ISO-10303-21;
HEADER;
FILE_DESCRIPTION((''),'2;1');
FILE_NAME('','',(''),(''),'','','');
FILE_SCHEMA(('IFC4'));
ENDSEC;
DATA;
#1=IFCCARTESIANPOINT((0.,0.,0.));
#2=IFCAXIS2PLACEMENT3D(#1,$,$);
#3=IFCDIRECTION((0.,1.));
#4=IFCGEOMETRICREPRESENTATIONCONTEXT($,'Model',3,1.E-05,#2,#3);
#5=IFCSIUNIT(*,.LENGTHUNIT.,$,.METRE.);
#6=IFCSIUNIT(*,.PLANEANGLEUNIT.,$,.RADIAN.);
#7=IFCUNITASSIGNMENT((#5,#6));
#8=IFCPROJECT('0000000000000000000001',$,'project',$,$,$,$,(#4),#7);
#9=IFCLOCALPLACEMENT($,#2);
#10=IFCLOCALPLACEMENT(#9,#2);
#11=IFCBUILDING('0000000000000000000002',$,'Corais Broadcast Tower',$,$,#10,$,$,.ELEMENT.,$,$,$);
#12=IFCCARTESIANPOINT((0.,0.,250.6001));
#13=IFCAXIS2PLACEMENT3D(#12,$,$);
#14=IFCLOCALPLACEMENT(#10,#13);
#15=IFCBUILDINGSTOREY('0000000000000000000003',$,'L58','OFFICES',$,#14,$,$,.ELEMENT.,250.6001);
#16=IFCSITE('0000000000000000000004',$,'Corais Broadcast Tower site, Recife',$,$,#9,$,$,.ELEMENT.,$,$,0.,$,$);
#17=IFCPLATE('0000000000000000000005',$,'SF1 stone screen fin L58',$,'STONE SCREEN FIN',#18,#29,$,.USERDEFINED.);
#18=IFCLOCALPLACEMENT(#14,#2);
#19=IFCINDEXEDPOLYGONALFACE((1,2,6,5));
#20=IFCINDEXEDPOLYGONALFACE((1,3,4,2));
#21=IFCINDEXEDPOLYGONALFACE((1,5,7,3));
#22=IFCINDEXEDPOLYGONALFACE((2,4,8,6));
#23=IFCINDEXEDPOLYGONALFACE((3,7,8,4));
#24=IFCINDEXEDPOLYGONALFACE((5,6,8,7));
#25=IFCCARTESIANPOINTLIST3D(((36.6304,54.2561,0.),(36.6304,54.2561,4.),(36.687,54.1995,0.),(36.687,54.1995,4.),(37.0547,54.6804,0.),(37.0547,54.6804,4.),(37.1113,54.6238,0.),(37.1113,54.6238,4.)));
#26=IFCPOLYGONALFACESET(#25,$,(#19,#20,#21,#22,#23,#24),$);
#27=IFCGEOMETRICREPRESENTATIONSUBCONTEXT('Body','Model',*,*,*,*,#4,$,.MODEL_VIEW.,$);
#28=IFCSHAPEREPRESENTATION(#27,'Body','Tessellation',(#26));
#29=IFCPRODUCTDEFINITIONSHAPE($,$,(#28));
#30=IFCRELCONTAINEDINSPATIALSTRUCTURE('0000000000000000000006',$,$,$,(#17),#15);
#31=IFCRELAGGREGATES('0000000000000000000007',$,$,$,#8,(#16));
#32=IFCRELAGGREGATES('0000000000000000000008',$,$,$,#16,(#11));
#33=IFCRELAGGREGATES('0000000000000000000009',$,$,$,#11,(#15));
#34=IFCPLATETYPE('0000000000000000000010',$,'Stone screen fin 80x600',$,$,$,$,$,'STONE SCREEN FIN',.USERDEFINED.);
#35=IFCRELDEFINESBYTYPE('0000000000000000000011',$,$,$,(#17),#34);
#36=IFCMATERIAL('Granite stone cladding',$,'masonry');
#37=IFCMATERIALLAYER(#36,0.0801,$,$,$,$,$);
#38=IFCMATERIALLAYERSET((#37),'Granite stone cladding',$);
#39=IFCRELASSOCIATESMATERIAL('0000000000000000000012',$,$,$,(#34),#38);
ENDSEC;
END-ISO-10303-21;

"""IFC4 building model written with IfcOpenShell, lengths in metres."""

from ifc_helpers import new_model, si_unit, direction, frame, origin, origin_2d, place, context, subcontext, project, spatial, rectangle, extrude, material, layer, layer_set, type_object, element, save


model = new_model("IFC4")

# Units and contexts
model_context = context("Model", 3, precision=1e-05, world=origin(), true_north=direction((0.0, 1.0)))
body_context = subcontext(model_context, "Body", "Model", "MODEL_VIEW")
ifc_project = project(units=[si_unit("LENGTHUNIT", "METRE"), si_unit("PLANEANGLEUNIT", "RADIAN")], contexts=[model_context])

# Site, building, storey
site_placement = place(None, origin())
site = spatial("IfcSite", under=ifc_project, at=site_placement, Name="Corais Broadcast Tower site, Recife", CompositionType="ELEMENT", RefElevation=0.0)
building_placement = place(site_placement, origin())
building = spatial("IfcBuilding", under=site, at=building_placement, Name="Corais Broadcast Tower", CompositionType="ELEMENT")
storey_placement = place(building_placement, frame((0.0, 0.0, 250.6001)))
storey = spatial("IfcBuildingStorey", under=building, at=storey_placement, Name="L58", Description="OFFICES", CompositionType="ELEMENT", Elevation=250.6001)

# Plate
ifc_material_1 = material(Name="Granite stone cladding", Category="masonry")
ifc_layer_1 = layer(ifc_material_1, 0.0801)
ifc_layer_set_1 = layer_set([ifc_layer_1], Name="Granite stone cladding")
plate_type_1 = type_object("IfcPlateType", Name="Stone screen fin 80x600", ElementType="STONE SCREEN FIN", PredefinedType="USERDEFINED", material=ifc_layer_set_1)
plate_1_placement = place(storey_placement, frame((36.8708, 54.4399, 0.0), z_axis=(0.0, 0.0, 1.0), x_axis=(0.707107, -0.707107, 0.0)))
element("IfcPlate", 1, at=plate_1_placement, inside=storey, type_object=plate_type_1, Name="SF1 stone screen fin L58", ObjectType="STONE SCREEN FIN", PredefinedType="USERDEFINED", context=body_context, shape_type="SweptSolid", body=[
    extrude(rectangle(XDim=0.0801, YDim=0.6001, at=origin_2d()), origin(), (0.0, 0.0, 1.0), 4.0),
])

save(model, "model.ifc")
